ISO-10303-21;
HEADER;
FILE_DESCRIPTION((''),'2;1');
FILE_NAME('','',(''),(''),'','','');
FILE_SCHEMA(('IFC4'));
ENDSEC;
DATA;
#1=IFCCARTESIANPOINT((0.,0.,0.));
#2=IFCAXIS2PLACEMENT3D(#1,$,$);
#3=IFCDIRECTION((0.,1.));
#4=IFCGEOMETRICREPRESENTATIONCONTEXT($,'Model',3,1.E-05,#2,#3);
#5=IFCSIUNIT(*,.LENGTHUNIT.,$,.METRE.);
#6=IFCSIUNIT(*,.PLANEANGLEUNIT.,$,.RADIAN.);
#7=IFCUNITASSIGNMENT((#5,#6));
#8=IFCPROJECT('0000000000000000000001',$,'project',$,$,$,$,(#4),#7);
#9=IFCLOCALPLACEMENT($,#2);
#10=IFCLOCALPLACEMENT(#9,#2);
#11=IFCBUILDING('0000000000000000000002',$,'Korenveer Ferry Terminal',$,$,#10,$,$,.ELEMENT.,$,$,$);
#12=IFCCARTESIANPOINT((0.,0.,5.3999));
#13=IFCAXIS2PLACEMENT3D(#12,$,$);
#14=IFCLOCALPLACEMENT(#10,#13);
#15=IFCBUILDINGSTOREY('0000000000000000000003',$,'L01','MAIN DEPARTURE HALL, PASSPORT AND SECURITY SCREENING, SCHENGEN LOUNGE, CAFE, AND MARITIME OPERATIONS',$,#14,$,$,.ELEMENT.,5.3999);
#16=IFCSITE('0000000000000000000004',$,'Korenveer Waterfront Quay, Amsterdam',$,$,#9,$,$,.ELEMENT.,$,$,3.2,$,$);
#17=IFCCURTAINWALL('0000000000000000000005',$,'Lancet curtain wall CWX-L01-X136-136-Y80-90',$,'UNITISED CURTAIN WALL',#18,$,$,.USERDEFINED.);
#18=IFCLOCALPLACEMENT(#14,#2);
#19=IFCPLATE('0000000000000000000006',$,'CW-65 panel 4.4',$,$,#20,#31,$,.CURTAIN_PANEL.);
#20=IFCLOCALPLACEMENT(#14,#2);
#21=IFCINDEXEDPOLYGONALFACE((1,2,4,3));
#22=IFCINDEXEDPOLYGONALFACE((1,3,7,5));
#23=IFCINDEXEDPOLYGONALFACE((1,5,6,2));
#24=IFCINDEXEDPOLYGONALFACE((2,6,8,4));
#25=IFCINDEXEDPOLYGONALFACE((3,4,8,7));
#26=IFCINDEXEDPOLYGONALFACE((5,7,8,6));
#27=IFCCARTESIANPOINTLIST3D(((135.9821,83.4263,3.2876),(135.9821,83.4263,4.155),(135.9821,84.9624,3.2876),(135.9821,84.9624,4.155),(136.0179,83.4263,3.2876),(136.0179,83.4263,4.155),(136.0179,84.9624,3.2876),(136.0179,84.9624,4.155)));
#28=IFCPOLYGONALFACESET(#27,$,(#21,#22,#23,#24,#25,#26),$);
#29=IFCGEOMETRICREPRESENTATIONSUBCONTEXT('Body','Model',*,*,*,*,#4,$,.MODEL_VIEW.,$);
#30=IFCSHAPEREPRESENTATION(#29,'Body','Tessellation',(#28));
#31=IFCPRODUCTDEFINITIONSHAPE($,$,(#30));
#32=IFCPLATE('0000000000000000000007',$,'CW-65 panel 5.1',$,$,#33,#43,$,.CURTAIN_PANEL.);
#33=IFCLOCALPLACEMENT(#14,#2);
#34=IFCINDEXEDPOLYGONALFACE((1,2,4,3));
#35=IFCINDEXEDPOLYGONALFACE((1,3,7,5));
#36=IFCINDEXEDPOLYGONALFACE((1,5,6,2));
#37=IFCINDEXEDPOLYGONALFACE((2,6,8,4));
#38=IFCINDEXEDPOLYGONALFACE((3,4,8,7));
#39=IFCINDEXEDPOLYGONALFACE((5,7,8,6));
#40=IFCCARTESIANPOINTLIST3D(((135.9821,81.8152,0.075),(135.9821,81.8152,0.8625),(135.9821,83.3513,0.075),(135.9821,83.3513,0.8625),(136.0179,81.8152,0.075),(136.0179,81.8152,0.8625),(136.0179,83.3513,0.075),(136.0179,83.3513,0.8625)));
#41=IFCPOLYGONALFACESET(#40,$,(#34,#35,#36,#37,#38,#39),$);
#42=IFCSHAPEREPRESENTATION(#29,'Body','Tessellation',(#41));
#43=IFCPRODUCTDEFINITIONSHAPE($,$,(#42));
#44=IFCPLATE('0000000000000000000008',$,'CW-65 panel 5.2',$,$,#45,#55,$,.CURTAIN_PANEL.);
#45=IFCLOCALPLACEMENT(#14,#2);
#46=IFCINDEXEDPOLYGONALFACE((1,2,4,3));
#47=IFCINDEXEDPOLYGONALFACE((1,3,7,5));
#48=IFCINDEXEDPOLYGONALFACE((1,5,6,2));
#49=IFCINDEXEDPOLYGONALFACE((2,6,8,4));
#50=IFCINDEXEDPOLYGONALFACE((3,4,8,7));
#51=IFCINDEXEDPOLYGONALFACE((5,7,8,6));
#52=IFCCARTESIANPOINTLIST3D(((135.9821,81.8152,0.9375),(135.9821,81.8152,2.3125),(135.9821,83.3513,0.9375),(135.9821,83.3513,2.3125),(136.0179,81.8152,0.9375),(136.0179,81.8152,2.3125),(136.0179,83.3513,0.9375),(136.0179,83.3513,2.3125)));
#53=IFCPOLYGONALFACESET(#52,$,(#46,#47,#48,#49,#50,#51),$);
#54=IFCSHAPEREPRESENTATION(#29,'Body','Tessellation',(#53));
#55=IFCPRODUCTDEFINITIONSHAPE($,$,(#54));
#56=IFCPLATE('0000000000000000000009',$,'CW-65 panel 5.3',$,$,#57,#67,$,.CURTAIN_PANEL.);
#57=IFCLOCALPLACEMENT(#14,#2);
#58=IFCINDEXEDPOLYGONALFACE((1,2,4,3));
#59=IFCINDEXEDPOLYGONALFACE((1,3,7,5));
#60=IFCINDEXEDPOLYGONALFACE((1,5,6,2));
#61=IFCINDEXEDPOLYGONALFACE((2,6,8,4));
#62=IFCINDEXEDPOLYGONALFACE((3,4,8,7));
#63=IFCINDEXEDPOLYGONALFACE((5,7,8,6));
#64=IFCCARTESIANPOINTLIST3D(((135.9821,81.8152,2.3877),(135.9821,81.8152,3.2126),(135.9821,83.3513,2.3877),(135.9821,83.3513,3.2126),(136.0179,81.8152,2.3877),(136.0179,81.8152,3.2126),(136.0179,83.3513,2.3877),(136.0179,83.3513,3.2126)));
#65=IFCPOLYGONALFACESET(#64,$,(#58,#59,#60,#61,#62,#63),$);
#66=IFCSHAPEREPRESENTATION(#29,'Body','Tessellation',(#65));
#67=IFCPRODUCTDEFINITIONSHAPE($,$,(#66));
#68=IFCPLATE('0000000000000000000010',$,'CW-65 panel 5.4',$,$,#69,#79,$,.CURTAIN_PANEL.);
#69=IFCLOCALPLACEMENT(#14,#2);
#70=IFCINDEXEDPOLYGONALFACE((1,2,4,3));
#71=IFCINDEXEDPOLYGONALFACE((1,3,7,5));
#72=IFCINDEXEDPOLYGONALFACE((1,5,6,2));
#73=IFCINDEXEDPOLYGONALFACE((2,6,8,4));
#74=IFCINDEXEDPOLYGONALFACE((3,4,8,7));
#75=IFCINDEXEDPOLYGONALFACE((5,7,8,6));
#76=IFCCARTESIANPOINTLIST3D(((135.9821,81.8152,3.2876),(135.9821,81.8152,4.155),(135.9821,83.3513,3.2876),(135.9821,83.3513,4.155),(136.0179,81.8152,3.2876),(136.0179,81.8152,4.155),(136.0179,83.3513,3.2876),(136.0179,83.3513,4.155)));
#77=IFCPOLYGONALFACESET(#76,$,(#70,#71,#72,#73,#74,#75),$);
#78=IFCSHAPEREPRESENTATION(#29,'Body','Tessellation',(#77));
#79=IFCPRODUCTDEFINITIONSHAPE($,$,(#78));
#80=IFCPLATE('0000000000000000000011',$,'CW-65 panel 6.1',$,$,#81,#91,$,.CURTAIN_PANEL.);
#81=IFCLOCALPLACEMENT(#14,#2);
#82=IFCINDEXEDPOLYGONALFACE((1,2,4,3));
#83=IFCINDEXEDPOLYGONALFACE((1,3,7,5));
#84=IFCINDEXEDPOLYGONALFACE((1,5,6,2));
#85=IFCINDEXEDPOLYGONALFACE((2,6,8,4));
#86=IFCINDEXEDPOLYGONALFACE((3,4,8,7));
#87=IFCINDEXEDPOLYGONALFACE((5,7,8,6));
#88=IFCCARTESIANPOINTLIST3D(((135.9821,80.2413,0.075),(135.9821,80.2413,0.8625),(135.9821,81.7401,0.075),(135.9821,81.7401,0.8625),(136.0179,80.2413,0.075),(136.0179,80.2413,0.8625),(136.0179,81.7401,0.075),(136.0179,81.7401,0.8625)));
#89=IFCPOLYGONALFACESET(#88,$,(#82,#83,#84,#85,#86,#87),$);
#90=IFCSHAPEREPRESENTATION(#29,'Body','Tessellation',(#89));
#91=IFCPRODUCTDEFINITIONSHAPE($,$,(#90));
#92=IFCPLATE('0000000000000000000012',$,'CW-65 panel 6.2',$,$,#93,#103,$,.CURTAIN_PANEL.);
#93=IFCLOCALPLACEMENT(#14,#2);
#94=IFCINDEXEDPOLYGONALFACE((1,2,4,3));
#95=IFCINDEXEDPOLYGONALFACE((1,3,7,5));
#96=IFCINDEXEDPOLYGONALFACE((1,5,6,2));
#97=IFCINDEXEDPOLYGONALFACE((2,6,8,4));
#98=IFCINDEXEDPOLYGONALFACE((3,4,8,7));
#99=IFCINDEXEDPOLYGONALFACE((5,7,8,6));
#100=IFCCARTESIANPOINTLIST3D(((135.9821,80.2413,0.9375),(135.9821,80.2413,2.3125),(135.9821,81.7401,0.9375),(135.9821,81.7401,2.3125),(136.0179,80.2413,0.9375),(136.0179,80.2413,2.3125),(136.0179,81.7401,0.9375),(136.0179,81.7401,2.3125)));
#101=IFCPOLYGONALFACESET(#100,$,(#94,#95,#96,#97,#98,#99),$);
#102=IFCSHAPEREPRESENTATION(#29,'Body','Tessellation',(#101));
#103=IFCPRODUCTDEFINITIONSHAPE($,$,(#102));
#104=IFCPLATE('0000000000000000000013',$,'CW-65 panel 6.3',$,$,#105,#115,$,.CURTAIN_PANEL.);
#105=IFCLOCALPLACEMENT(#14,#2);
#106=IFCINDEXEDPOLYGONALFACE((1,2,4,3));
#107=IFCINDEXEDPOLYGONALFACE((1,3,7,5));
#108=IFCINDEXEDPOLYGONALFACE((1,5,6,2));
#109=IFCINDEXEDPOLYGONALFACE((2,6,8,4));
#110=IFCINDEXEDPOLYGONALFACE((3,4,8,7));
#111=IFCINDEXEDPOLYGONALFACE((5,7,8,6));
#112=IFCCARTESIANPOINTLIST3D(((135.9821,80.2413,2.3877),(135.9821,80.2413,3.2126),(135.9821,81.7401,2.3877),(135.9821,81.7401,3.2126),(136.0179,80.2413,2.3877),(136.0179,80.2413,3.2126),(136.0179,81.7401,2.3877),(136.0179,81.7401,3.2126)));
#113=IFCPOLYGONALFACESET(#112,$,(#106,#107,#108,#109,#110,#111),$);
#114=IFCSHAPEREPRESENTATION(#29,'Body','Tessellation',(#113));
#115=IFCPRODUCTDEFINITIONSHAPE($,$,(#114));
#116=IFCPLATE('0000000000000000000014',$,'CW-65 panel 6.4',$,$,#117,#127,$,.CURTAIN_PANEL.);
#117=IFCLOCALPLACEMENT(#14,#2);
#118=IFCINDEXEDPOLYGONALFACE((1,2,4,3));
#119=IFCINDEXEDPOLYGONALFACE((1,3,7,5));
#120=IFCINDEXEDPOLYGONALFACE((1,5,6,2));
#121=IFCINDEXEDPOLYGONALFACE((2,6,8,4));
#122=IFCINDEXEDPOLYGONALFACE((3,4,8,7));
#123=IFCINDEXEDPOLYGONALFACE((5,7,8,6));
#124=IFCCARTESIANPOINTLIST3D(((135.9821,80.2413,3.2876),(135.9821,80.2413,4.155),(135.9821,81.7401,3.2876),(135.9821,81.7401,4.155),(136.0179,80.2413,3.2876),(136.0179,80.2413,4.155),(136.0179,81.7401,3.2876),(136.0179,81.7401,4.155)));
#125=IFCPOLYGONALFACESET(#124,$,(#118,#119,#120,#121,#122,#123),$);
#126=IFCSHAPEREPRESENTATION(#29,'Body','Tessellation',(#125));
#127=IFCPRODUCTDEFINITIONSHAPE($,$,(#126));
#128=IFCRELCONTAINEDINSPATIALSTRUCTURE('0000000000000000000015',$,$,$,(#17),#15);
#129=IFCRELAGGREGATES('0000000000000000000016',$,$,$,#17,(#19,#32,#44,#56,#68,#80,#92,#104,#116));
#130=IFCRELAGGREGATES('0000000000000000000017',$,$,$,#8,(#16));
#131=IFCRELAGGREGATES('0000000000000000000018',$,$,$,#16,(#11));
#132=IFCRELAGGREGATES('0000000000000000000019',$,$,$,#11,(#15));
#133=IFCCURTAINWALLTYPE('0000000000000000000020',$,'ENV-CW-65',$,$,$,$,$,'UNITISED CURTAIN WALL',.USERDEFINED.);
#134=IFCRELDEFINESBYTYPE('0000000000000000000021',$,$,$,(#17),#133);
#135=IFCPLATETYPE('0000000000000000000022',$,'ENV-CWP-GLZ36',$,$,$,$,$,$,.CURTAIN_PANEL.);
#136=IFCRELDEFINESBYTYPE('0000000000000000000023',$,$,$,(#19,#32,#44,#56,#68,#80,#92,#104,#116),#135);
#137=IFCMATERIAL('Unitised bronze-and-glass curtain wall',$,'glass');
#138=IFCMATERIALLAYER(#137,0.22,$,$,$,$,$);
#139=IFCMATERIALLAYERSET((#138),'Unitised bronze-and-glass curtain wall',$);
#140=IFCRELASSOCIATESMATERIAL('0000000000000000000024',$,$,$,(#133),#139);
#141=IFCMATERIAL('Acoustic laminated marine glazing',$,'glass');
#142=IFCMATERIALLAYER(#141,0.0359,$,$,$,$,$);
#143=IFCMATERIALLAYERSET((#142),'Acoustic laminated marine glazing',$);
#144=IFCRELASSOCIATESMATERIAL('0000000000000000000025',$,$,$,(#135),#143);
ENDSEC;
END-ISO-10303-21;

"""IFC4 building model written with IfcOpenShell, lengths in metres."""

from ifc_helpers import new_model, si_unit, direction, frame, origin, origin_2d, place, context, subcontext, project, spatial, rectangle, extrude, material, layer, layer_set, type_object, element, aggregate, save


model = new_model("IFC4")

# Units and contexts
model_context = context("Model", 3, precision=1e-05, world=origin(), true_north=direction((0.0, 1.0)))
body_context = subcontext(model_context, "Body", "Model", "MODEL_VIEW")
ifc_project = project(units=[si_unit("LENGTHUNIT", "METRE"), si_unit("PLANEANGLEUNIT", "RADIAN")], contexts=[model_context])

# Site, building, storey
site_placement = place(None, origin())
site = spatial("IfcSite", under=ifc_project, at=site_placement, Name="Korenveer Waterfront Quay, Amsterdam", CompositionType="ELEMENT", RefElevation=3.2)
building_placement = place(site_placement, origin())
building = spatial("IfcBuilding", under=site, at=building_placement, Name="Korenveer Ferry Terminal", CompositionType="ELEMENT")
storey_placement = place(building_placement, frame((0.0, 0.0, 5.3999)))
storey = spatial("IfcBuildingStorey", under=building, at=storey_placement, Name="L01", Description="MAIN DEPARTURE HALL, PASSPORT AND SECURITY SCREENING, SCHENGEN LOUNGE, CAFE, AND MARITIME OPERATIONS", CompositionType="ELEMENT", Elevation=5.3999)

# Curtain wall
ifc_material_1 = material(Name="Unitised bronze-and-glass curtain wall", Category="glass")
ifc_layer_1 = layer(ifc_material_1, 0.22)
ifc_layer_set_1 = layer_set([ifc_layer_1], Name="Unitised bronze-and-glass curtain wall")
curtain_wall_type = type_object("IfcCurtainWallType", Name="ENV-CW-65", ElementType="UNITISED CURTAIN WALL", PredefinedType="USERDEFINED", material=ifc_layer_set_1)
curtain_wall_placement = place(storey_placement, frame((136.0, 89.8335, 0.0)))
curtain_wall = element("IfcCurtainWall", 1, at=curtain_wall_placement, inside=storey, type_object=curtain_wall_type, Name="Lancet curtain wall CWX-L01-X136-136-Y80-90", ObjectType="UNITISED CURTAIN WALL", PredefinedType="USERDEFINED")

# Plates
ifc_material_2 = material(Name="Acoustic laminated marine glazing", Category="glass")
ifc_layer_2 = layer(ifc_material_2, 0.0359)
ifc_layer_set_2 = layer_set([ifc_layer_2], Name="Acoustic laminated marine glazing")
plate_type = type_object("IfcPlateType", Name="ENV-CWP-GLZ36", PredefinedType="CURTAIN_PANEL", material=ifc_layer_set_2)
plate_1_placement = place(storey_placement, frame((136.0, 84.1943, 3.2876), z_axis=(0.0, 0.0, 1.0), x_axis=(0.0, -1.0, 0.0)))
plate_1 = element("IfcPlate", 2, at=plate_1_placement, type_object=plate_type, Name="CW-65 panel 4.4", PredefinedType="CURTAIN_PANEL", context=body_context, shape_type="SweptSolid", body=[
    extrude(rectangle(XDim=1.5361, YDim=0.0359, at=origin_2d()), origin(), (0.0, 0.0, 1.0), 0.8674),
])
plate_2_placement = place(storey_placement, frame((136.0, 82.5833, 0.075), z_axis=(0.0, 0.0, 1.0), x_axis=(0.0, -1.0, 0.0)))
plate_2 = element("IfcPlate", 3, at=plate_2_placement, type_object=plate_type, Name="CW-65 panel 5.1", PredefinedType="CURTAIN_PANEL", context=body_context, shape_type="SweptSolid", body=[
    extrude(rectangle(XDim=1.5361, YDim=0.0359, at=origin_2d()), origin(), (0.0, 0.0, 1.0), 0.7876),
])
plate_3_placement = place(storey_placement, frame((136.0, 82.5833, 0.9375), z_axis=(0.0, 0.0, 1.0), x_axis=(0.0, -1.0, 0.0)))
plate_3 = element("IfcPlate", 4, at=plate_3_placement, type_object=plate_type, Name="CW-65 panel 5.2", PredefinedType="CURTAIN_PANEL", context=body_context, shape_type="SweptSolid", body=[
    extrude(rectangle(XDim=1.5361, YDim=0.0359, at=origin_2d()), origin(), (0.0, 0.0, 1.0), 1.375),
])
plate_4_placement = place(storey_placement, frame((136.0, 82.5833, 2.3877), z_axis=(0.0, 0.0, 1.0), x_axis=(0.0, -1.0, 0.0)))
plate_4 = element("IfcPlate", 5, at=plate_4_placement, type_object=plate_type, Name="CW-65 panel 5.3", PredefinedType="CURTAIN_PANEL", context=body_context, shape_type="SweptSolid", body=[
    extrude(rectangle(XDim=1.5361, YDim=0.0359, at=origin_2d()), origin(), (0.0, 0.0, 1.0), 0.825),
])
plate_5_placement = place(storey_placement, frame((136.0, 82.5833, 3.2876), z_axis=(0.0, 0.0, 1.0), x_axis=(0.0, -1.0, 0.0)))
plate_5 = element("IfcPlate", 6, at=plate_5_placement, type_object=plate_type, Name="CW-65 panel 5.4", PredefinedType="CURTAIN_PANEL", context=body_context, shape_type="SweptSolid", body=[
    extrude(rectangle(XDim=1.5361, YDim=0.0359, at=origin_2d()), origin(), (0.0, 0.0, 1.0), 0.8674),
])
plate_6_placement = place(storey_placement, frame((136.0, 80.9907, 0.075), z_axis=(0.0, 0.0, 1.0), x_axis=(0.0, -1.0, 0.0)))
plate_6 = element("IfcPlate", 7, at=plate_6_placement, type_object=plate_type, Name="CW-65 panel 6.1", PredefinedType="CURTAIN_PANEL", context=body_context, shape_type="SweptSolid", body=[
    extrude(rectangle(XDim=1.4988, YDim=0.0359, at=origin_2d()), origin(), (0.0, 0.0, 1.0), 0.7876),
])
plate_7_placement = place(storey_placement, frame((136.0, 80.9907, 0.9375), z_axis=(0.0, 0.0, 1.0), x_axis=(0.0, -1.0, 0.0)))
plate_7 = element("IfcPlate", 8, at=plate_7_placement, type_object=plate_type, Name="CW-65 panel 6.2", PredefinedType="CURTAIN_PANEL", context=body_context, shape_type="SweptSolid", body=[
    extrude(rectangle(XDim=1.4988, YDim=0.0359, at=origin_2d()), origin(), (0.0, 0.0, 1.0), 1.375),
])
plate_8_placement = place(storey_placement, frame((136.0, 80.9907, 2.3877), z_axis=(0.0, 0.0, 1.0), x_axis=(0.0, -1.0, 0.0)))
plate_8 = element("IfcPlate", 9, at=plate_8_placement, type_object=plate_type, Name="CW-65 panel 6.3", PredefinedType="CURTAIN_PANEL", context=body_context, shape_type="SweptSolid", body=[
    extrude(rectangle(XDim=1.4988, YDim=0.0359, at=origin_2d()), origin(), (0.0, 0.0, 1.0), 0.825),
])
plate_9_placement = place(storey_placement, frame((136.0, 80.9907, 3.2876), z_axis=(0.0, 0.0, 1.0), x_axis=(0.0, -1.0, 0.0)))
plate_9 = element("IfcPlate", 10, at=plate_9_placement, type_object=plate_type, Name="CW-65 panel 6.4", PredefinedType="CURTAIN_PANEL", context=body_context, shape_type="SweptSolid", body=[
    extrude(rectangle(XDim=1.4988, YDim=0.0359, at=origin_2d()), origin(), (0.0, 0.0, 1.0), 0.8674),
])
aggregate(curtain_wall, [plate_1, plate_2, plate_3, plate_4, plate_5, plate_6, plate_7, plate_8, plate_9])

save(model, "model.ifc")
